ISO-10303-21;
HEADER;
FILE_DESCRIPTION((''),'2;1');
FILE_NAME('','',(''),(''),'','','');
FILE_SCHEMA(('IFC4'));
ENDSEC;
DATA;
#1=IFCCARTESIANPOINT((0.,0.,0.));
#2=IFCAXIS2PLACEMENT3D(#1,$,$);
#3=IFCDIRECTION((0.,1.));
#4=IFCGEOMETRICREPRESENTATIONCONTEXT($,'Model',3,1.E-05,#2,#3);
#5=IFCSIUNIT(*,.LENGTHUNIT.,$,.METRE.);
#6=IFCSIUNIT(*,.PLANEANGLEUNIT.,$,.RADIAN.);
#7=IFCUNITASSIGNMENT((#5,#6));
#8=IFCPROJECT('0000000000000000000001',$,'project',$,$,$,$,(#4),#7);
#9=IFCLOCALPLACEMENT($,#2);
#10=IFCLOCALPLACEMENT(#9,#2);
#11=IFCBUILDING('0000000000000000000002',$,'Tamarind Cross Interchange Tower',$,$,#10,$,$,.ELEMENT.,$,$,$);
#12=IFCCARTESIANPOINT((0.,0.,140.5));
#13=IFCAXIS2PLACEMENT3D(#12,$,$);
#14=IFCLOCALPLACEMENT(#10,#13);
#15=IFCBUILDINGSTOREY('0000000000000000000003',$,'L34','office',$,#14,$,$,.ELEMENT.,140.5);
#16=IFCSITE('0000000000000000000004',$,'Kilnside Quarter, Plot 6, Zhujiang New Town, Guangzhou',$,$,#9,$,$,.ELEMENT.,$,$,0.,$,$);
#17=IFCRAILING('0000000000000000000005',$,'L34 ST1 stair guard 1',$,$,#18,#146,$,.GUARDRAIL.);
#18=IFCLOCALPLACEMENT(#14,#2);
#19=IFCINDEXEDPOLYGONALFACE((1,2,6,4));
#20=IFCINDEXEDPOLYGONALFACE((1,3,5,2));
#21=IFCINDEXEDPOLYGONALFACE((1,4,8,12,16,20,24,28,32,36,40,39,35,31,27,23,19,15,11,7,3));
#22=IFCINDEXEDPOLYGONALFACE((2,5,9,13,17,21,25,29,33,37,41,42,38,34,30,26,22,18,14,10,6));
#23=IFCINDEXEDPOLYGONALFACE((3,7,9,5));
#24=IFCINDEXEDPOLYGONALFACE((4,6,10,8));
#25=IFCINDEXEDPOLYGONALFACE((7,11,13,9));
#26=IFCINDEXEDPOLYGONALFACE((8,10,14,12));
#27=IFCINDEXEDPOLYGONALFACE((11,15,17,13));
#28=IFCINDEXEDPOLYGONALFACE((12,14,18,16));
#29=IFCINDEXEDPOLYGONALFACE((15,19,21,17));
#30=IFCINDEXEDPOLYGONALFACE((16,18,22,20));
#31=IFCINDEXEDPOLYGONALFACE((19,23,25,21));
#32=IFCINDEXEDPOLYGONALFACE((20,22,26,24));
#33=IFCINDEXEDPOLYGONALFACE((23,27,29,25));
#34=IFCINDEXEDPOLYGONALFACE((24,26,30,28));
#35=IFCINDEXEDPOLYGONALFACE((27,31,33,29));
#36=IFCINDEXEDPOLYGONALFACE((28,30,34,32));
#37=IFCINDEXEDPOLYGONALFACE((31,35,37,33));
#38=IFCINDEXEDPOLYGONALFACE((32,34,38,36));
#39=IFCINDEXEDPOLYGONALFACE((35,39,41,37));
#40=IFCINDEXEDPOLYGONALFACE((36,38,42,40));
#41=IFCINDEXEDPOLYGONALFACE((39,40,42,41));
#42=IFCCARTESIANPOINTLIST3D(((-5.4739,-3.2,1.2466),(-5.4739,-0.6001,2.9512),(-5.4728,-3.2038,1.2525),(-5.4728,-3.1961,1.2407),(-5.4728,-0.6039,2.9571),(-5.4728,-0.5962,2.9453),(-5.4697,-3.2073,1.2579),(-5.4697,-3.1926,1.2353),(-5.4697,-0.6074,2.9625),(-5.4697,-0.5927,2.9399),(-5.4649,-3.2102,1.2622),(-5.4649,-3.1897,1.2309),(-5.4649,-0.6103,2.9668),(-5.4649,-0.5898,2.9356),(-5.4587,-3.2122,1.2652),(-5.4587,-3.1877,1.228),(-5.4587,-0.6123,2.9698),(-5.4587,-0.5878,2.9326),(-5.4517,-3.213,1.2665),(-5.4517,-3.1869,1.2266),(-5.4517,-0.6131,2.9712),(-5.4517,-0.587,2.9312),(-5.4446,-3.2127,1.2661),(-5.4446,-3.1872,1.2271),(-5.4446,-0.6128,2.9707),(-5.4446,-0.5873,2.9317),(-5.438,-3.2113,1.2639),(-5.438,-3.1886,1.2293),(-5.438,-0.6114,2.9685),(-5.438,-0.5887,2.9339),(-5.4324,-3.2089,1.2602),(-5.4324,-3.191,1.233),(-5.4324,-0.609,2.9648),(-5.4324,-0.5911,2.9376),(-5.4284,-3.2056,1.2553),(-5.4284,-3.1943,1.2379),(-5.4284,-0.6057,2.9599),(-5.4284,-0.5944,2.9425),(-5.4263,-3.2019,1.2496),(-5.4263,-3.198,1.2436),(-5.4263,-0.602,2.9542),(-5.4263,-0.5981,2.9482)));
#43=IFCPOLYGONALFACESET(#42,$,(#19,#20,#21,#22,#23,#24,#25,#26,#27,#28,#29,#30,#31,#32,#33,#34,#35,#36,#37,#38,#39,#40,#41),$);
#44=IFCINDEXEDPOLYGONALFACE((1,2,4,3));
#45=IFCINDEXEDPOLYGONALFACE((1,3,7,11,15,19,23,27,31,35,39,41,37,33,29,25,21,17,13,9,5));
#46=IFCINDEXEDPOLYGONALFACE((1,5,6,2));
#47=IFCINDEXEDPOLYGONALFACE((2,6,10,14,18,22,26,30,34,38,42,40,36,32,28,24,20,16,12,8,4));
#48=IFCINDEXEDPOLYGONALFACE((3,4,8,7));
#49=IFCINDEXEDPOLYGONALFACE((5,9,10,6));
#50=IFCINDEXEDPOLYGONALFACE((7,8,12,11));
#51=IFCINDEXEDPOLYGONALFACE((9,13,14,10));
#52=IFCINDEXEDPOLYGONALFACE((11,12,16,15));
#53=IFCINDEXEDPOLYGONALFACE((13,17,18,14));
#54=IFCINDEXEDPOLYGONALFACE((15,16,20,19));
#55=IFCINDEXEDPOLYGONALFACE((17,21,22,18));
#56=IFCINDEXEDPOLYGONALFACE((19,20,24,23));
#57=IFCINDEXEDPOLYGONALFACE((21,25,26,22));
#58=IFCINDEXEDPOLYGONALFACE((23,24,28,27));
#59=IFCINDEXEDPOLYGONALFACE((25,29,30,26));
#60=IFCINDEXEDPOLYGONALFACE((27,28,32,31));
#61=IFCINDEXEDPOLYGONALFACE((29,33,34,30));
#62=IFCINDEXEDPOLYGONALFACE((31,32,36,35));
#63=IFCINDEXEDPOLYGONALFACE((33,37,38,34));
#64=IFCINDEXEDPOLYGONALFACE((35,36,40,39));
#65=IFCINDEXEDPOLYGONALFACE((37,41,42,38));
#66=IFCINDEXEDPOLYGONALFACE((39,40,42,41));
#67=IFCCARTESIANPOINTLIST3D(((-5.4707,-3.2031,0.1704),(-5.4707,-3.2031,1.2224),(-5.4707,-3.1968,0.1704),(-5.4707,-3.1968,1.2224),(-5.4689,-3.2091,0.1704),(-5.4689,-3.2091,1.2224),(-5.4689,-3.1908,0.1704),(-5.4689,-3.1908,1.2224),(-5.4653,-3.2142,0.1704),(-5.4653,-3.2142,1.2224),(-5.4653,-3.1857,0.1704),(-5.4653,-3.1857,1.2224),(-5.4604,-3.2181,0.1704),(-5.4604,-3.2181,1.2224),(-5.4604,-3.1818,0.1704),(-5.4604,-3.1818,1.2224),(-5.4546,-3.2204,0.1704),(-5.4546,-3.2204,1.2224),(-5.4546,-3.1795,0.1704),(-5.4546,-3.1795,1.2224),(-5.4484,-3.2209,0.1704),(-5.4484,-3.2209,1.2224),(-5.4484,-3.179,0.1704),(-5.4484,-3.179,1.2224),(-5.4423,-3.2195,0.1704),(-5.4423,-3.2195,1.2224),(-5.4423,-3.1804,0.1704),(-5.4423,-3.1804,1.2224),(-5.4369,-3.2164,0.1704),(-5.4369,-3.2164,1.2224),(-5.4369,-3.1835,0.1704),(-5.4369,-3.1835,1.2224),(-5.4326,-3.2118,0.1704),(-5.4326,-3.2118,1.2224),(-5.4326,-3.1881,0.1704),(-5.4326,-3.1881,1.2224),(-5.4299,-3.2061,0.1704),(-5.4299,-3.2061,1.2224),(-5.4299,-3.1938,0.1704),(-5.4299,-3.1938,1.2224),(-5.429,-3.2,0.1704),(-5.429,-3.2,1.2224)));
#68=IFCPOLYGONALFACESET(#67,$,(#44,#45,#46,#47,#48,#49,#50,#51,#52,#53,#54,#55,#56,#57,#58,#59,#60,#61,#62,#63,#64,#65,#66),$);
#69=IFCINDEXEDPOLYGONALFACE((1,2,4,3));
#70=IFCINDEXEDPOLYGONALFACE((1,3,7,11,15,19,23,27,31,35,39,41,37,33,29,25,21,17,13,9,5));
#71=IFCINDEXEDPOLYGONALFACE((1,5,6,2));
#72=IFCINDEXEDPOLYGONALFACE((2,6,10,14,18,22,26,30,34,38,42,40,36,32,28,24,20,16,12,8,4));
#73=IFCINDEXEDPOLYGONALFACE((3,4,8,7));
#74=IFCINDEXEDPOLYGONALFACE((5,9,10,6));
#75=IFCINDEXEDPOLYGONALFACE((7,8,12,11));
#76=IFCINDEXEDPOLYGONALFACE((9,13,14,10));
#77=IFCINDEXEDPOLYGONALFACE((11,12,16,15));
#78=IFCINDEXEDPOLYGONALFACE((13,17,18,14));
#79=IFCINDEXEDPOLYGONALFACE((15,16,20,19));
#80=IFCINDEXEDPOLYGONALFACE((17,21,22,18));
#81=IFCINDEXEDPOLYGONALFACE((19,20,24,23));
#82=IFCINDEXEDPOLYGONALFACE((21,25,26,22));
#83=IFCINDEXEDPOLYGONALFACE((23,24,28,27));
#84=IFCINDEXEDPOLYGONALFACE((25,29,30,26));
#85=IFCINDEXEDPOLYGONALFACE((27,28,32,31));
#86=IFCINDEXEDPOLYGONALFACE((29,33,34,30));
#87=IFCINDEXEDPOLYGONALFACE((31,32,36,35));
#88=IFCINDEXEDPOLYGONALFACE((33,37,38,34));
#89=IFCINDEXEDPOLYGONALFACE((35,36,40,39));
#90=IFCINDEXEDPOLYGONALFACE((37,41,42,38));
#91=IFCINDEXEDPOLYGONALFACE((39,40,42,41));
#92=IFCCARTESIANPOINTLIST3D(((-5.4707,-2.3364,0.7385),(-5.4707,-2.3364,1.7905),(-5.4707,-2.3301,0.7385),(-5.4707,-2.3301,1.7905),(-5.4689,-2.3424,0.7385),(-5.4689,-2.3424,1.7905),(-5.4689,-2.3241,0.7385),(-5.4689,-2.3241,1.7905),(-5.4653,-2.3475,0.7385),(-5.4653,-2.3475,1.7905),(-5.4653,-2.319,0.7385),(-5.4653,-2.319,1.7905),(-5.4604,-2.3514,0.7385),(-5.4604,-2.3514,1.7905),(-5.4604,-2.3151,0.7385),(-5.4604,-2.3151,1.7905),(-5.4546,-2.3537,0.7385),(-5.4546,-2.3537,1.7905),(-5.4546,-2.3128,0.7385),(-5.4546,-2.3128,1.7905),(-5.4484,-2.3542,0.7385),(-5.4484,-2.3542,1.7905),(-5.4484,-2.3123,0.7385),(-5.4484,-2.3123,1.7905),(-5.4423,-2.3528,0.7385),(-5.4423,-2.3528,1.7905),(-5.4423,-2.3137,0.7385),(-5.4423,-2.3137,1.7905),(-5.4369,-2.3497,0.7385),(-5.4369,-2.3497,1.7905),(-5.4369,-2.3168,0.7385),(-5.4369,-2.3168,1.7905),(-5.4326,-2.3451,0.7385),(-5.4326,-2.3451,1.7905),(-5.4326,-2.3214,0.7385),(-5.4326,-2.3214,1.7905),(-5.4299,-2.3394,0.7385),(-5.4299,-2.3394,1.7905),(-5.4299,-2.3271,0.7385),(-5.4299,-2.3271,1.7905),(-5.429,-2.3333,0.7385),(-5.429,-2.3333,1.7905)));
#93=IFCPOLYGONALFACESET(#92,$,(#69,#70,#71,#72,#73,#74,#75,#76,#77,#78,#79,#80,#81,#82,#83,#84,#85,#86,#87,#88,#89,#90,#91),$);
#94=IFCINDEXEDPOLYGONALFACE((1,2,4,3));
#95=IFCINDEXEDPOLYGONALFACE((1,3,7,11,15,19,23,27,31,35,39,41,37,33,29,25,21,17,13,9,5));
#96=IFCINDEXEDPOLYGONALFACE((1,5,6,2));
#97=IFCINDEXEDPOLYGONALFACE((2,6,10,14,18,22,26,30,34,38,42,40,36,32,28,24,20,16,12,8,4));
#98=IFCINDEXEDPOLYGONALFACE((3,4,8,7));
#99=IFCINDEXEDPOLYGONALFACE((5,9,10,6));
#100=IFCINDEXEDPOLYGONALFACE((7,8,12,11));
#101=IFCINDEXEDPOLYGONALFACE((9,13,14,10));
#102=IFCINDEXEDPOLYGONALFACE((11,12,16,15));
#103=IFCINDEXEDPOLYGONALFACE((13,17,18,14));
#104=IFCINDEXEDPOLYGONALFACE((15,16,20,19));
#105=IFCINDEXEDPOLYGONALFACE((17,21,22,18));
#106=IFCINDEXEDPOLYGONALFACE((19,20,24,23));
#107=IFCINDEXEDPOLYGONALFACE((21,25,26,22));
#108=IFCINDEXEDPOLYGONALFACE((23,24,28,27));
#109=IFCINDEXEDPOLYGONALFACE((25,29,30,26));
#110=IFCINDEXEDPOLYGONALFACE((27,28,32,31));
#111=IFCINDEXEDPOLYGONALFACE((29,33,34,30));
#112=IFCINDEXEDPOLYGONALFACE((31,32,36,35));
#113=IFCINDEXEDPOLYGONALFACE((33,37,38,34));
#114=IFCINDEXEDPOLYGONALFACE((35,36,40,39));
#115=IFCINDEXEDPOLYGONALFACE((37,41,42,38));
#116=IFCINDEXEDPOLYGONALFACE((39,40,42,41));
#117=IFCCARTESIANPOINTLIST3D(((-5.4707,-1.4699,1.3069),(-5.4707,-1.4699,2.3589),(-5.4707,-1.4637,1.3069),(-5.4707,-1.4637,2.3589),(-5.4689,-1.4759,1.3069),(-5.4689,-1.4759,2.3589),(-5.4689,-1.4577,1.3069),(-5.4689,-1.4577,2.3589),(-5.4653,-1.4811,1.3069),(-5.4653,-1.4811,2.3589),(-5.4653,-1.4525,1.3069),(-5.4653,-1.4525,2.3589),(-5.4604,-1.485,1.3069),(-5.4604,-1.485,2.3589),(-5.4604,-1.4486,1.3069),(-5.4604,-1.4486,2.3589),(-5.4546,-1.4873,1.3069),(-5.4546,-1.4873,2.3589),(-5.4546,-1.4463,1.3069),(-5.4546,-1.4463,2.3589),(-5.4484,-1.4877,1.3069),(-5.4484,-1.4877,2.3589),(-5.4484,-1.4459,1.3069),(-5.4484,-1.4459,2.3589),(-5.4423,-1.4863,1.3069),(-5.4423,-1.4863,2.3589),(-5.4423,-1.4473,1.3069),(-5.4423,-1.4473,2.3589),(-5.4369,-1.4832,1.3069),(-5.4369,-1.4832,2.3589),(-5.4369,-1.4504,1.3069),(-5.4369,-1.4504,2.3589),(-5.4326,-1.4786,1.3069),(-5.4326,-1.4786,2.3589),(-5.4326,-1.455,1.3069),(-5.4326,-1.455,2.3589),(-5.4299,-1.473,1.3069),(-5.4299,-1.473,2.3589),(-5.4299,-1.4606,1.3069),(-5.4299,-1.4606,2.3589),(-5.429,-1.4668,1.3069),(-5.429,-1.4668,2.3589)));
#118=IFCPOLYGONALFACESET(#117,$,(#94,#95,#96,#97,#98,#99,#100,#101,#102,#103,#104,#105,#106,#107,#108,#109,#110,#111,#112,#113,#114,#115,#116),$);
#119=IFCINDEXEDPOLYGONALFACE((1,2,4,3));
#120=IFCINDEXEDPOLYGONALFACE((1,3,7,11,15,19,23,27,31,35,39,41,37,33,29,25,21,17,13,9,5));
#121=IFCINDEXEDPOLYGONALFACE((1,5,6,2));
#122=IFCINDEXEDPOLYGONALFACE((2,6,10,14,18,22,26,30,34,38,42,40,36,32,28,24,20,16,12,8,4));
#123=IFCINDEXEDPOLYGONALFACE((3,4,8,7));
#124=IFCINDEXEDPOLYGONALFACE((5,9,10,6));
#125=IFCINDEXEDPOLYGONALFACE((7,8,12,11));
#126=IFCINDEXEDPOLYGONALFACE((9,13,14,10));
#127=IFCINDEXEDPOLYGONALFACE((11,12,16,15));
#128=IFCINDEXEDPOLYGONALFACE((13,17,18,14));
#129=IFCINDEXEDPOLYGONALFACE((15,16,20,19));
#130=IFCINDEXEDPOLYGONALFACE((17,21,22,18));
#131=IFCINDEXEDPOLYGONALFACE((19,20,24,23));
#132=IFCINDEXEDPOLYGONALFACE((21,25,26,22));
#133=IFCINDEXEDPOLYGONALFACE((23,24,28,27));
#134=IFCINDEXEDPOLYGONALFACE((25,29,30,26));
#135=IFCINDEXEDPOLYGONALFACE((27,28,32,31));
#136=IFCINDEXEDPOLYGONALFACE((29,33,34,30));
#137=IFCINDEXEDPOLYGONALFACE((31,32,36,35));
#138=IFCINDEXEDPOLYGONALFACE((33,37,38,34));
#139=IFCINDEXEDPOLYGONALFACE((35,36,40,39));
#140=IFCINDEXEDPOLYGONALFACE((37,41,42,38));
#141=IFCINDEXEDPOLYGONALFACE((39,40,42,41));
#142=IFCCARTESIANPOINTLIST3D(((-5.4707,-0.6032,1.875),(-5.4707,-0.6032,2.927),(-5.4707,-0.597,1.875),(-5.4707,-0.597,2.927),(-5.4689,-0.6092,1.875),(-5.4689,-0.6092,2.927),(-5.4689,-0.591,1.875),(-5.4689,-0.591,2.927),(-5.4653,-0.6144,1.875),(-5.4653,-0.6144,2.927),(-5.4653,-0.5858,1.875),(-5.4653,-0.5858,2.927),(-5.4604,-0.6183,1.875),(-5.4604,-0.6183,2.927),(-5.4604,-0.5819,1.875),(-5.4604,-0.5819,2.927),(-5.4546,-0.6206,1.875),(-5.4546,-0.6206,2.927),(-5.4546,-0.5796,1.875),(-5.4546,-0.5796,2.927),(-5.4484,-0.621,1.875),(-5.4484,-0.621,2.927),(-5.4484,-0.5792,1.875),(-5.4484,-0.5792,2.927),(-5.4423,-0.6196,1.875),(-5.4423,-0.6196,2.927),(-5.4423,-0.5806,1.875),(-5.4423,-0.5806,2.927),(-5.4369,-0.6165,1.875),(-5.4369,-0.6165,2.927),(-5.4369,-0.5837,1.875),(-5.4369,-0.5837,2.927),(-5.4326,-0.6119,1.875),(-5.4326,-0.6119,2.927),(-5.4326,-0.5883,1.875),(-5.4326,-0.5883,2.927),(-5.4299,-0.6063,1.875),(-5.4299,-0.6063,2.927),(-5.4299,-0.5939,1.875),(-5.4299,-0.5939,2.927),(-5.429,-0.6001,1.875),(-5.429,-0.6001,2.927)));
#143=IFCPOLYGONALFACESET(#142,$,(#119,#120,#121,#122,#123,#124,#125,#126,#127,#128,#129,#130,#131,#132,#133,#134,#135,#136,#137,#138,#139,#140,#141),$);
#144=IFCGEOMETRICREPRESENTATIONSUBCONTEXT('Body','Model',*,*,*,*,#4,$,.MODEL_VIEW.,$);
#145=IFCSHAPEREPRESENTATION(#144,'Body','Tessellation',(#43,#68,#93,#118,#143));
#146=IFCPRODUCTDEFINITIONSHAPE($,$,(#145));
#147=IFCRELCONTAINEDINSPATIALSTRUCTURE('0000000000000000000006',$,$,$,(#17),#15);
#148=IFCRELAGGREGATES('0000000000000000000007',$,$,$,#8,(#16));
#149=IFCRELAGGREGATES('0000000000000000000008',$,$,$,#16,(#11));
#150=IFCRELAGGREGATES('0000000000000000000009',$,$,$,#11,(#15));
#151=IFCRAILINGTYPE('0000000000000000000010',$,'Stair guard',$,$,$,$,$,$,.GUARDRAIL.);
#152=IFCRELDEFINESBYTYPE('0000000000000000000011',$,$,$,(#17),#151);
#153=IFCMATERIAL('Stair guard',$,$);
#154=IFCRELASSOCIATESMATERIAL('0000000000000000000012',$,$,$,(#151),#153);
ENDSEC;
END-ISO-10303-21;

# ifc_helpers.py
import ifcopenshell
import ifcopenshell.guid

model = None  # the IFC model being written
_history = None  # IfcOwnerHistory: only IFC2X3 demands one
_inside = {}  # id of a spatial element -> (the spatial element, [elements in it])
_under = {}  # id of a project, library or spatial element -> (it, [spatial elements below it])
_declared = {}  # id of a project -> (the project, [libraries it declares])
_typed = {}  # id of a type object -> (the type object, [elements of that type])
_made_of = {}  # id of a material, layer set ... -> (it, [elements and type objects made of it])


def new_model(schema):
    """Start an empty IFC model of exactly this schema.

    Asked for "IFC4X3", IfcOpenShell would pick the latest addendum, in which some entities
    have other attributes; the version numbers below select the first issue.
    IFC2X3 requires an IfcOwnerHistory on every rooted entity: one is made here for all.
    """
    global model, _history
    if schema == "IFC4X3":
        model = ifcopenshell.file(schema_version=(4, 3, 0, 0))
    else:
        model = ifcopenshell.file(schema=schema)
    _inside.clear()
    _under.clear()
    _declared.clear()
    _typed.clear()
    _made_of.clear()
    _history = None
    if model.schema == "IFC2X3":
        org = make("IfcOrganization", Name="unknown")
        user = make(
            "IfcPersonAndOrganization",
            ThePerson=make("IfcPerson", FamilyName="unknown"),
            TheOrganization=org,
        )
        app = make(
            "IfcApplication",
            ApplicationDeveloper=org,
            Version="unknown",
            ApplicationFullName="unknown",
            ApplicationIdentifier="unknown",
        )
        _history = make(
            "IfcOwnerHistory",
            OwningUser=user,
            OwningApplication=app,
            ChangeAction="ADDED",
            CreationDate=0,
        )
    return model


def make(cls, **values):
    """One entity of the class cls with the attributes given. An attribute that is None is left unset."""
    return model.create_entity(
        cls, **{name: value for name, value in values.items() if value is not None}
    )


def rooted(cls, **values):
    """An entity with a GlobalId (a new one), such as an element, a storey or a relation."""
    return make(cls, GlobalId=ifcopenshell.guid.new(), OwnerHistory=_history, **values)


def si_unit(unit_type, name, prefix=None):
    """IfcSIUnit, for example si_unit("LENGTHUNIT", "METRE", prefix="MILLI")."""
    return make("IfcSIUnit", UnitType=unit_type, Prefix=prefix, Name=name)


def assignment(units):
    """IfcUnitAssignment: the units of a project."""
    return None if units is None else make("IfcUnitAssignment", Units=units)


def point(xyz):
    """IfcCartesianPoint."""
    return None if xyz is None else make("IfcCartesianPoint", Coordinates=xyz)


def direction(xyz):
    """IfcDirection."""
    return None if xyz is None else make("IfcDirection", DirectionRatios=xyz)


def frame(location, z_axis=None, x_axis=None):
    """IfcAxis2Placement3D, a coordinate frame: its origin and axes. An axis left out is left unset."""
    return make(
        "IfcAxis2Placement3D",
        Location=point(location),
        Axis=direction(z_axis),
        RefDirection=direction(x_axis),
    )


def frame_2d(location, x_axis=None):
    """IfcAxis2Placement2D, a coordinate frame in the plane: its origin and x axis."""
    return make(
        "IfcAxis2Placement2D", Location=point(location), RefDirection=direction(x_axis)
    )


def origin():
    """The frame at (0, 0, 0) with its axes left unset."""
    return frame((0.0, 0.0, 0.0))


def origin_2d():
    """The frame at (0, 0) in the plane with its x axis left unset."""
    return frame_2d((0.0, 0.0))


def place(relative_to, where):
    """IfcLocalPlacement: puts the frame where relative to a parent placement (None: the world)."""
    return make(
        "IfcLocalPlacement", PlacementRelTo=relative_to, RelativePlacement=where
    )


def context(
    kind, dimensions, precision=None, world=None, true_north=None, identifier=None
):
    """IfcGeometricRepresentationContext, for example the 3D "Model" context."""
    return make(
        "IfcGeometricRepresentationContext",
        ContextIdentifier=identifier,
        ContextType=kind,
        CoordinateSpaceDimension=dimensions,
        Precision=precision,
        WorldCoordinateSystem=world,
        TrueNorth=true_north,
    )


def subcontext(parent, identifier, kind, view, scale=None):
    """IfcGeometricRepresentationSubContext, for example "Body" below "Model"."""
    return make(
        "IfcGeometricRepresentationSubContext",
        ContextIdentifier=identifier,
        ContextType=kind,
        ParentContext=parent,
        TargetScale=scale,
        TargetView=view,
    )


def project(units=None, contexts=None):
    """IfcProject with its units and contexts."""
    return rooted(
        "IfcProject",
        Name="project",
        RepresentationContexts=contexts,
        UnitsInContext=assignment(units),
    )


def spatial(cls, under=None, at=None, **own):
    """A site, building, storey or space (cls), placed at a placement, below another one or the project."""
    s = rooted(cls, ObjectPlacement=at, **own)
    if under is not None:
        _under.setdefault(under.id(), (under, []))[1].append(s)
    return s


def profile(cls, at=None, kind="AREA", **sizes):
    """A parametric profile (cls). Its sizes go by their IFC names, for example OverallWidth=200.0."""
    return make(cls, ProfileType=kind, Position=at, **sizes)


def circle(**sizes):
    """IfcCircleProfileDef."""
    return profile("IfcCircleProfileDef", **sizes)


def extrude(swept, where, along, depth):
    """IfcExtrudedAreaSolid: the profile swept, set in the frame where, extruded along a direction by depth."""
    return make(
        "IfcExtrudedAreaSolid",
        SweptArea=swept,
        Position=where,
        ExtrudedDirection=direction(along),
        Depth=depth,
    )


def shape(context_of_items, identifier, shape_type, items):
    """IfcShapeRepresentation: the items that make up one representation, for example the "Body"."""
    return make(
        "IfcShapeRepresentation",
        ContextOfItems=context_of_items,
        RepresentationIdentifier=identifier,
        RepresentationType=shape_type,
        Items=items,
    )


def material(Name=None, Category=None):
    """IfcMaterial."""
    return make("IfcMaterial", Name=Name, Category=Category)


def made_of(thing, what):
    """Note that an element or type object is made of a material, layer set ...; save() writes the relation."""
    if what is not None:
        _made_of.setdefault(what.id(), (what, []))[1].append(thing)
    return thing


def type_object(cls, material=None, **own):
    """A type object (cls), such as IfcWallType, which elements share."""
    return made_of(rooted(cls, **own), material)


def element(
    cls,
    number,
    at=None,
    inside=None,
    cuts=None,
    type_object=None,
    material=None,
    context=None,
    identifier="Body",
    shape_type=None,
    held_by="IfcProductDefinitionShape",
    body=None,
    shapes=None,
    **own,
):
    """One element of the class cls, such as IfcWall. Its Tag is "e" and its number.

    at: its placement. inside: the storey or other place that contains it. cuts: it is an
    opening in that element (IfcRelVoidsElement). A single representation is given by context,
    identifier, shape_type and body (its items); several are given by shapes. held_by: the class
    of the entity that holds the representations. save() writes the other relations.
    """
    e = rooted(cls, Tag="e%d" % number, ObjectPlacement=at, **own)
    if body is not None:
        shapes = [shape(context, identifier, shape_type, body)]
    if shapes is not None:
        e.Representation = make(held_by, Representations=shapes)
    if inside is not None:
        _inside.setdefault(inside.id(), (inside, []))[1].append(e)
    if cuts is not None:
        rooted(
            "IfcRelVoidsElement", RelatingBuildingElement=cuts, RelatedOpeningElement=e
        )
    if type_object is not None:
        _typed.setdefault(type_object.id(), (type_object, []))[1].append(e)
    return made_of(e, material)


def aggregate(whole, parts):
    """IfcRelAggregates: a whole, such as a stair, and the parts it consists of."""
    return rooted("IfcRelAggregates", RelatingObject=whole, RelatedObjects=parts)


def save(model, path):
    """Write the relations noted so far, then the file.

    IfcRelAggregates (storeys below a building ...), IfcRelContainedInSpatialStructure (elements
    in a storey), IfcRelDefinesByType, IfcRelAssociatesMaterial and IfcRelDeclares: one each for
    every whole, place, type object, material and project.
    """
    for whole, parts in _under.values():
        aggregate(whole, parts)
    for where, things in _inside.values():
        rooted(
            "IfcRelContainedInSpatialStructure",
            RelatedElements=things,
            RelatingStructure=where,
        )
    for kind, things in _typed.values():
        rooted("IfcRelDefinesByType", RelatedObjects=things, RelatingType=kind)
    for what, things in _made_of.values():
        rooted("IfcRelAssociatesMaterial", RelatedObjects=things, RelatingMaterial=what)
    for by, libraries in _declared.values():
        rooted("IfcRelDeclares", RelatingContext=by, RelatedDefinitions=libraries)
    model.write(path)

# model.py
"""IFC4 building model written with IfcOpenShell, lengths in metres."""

from ifc_helpers import new_model, si_unit, direction, frame, origin, origin_2d, place, context, subcontext, project, spatial, circle, extrude, material, type_object, element, save


model = new_model("IFC4")

# Units and contexts
model_context = context("Model", 3, precision=1e-05, world=origin(), true_north=direction((0.0, 1.0)))
body_context = subcontext(model_context, "Body", "Model", "MODEL_VIEW")
ifc_project = project(units=[si_unit("LENGTHUNIT", "METRE"), si_unit("PLANEANGLEUNIT", "RADIAN")], contexts=[model_context])

# Site, building, storey
site_placement = place(None, origin())
site = spatial("IfcSite", under=ifc_project, at=site_placement, Name="Kilnside Quarter, Plot 6, Zhujiang New Town, Guangzhou", CompositionType="ELEMENT", RefElevation=0.0)
building_placement = place(site_placement, origin())
building = spatial("IfcBuilding", under=site, at=building_placement, Name="Tamarind Cross Interchange Tower", CompositionType="ELEMENT")
storey_placement = place(building_placement, frame((0.0, 0.0, 140.5)))
storey = spatial("IfcBuildingStorey", under=building, at=storey_placement, Name="L34", Description="office", CompositionType="ELEMENT", Elevation=140.5)

# Railing
ifc_material_1 = material(Name="Stair guard")
railing_type_1 = type_object("IfcRailingType", Name="Stair guard", PredefinedType="GUARDRAIL", material=ifc_material_1)
railing_1_placement = place(storey_placement, frame((-5.45, -3.2, 0.1704)))
element("IfcRailing", 1, at=railing_1_placement, inside=storey, type_object=railing_type_1, Name="L34 ST1 stair guard 1", PredefinedType="GUARDRAIL", context=body_context, shape_type="SweptSolid", body=[
    extrude(circle(Radius=0.0239, at=origin_2d()), frame((0.0, 0.0, 1.0762), z_axis=(0.0, 0.836279, 0.548305), x_axis=(-1.0, 0.0, 0.0)), (0.0, 0.0, 1.0), 3.1089),
    extrude(circle(Radius=0.021, at=origin_2d()), origin(), (0.0, 0.0, 1.0), 1.052),
    extrude(circle(Radius=0.021, at=origin_2d()), frame((0.0, 0.8667, 0.5681)), (0.0, 0.0, 1.0), 1.052),
    extrude(circle(Radius=0.021, at=origin_2d()), frame((0.0, 1.7332, 1.1365)), (0.0, 0.0, 1.0), 1.052),
    extrude(circle(Radius=0.021, at=origin_2d()), frame((0.0, 2.5999, 1.7046)), (0.0, 0.0, 1.0), 1.052),
])

save(model, "model.ifc")
